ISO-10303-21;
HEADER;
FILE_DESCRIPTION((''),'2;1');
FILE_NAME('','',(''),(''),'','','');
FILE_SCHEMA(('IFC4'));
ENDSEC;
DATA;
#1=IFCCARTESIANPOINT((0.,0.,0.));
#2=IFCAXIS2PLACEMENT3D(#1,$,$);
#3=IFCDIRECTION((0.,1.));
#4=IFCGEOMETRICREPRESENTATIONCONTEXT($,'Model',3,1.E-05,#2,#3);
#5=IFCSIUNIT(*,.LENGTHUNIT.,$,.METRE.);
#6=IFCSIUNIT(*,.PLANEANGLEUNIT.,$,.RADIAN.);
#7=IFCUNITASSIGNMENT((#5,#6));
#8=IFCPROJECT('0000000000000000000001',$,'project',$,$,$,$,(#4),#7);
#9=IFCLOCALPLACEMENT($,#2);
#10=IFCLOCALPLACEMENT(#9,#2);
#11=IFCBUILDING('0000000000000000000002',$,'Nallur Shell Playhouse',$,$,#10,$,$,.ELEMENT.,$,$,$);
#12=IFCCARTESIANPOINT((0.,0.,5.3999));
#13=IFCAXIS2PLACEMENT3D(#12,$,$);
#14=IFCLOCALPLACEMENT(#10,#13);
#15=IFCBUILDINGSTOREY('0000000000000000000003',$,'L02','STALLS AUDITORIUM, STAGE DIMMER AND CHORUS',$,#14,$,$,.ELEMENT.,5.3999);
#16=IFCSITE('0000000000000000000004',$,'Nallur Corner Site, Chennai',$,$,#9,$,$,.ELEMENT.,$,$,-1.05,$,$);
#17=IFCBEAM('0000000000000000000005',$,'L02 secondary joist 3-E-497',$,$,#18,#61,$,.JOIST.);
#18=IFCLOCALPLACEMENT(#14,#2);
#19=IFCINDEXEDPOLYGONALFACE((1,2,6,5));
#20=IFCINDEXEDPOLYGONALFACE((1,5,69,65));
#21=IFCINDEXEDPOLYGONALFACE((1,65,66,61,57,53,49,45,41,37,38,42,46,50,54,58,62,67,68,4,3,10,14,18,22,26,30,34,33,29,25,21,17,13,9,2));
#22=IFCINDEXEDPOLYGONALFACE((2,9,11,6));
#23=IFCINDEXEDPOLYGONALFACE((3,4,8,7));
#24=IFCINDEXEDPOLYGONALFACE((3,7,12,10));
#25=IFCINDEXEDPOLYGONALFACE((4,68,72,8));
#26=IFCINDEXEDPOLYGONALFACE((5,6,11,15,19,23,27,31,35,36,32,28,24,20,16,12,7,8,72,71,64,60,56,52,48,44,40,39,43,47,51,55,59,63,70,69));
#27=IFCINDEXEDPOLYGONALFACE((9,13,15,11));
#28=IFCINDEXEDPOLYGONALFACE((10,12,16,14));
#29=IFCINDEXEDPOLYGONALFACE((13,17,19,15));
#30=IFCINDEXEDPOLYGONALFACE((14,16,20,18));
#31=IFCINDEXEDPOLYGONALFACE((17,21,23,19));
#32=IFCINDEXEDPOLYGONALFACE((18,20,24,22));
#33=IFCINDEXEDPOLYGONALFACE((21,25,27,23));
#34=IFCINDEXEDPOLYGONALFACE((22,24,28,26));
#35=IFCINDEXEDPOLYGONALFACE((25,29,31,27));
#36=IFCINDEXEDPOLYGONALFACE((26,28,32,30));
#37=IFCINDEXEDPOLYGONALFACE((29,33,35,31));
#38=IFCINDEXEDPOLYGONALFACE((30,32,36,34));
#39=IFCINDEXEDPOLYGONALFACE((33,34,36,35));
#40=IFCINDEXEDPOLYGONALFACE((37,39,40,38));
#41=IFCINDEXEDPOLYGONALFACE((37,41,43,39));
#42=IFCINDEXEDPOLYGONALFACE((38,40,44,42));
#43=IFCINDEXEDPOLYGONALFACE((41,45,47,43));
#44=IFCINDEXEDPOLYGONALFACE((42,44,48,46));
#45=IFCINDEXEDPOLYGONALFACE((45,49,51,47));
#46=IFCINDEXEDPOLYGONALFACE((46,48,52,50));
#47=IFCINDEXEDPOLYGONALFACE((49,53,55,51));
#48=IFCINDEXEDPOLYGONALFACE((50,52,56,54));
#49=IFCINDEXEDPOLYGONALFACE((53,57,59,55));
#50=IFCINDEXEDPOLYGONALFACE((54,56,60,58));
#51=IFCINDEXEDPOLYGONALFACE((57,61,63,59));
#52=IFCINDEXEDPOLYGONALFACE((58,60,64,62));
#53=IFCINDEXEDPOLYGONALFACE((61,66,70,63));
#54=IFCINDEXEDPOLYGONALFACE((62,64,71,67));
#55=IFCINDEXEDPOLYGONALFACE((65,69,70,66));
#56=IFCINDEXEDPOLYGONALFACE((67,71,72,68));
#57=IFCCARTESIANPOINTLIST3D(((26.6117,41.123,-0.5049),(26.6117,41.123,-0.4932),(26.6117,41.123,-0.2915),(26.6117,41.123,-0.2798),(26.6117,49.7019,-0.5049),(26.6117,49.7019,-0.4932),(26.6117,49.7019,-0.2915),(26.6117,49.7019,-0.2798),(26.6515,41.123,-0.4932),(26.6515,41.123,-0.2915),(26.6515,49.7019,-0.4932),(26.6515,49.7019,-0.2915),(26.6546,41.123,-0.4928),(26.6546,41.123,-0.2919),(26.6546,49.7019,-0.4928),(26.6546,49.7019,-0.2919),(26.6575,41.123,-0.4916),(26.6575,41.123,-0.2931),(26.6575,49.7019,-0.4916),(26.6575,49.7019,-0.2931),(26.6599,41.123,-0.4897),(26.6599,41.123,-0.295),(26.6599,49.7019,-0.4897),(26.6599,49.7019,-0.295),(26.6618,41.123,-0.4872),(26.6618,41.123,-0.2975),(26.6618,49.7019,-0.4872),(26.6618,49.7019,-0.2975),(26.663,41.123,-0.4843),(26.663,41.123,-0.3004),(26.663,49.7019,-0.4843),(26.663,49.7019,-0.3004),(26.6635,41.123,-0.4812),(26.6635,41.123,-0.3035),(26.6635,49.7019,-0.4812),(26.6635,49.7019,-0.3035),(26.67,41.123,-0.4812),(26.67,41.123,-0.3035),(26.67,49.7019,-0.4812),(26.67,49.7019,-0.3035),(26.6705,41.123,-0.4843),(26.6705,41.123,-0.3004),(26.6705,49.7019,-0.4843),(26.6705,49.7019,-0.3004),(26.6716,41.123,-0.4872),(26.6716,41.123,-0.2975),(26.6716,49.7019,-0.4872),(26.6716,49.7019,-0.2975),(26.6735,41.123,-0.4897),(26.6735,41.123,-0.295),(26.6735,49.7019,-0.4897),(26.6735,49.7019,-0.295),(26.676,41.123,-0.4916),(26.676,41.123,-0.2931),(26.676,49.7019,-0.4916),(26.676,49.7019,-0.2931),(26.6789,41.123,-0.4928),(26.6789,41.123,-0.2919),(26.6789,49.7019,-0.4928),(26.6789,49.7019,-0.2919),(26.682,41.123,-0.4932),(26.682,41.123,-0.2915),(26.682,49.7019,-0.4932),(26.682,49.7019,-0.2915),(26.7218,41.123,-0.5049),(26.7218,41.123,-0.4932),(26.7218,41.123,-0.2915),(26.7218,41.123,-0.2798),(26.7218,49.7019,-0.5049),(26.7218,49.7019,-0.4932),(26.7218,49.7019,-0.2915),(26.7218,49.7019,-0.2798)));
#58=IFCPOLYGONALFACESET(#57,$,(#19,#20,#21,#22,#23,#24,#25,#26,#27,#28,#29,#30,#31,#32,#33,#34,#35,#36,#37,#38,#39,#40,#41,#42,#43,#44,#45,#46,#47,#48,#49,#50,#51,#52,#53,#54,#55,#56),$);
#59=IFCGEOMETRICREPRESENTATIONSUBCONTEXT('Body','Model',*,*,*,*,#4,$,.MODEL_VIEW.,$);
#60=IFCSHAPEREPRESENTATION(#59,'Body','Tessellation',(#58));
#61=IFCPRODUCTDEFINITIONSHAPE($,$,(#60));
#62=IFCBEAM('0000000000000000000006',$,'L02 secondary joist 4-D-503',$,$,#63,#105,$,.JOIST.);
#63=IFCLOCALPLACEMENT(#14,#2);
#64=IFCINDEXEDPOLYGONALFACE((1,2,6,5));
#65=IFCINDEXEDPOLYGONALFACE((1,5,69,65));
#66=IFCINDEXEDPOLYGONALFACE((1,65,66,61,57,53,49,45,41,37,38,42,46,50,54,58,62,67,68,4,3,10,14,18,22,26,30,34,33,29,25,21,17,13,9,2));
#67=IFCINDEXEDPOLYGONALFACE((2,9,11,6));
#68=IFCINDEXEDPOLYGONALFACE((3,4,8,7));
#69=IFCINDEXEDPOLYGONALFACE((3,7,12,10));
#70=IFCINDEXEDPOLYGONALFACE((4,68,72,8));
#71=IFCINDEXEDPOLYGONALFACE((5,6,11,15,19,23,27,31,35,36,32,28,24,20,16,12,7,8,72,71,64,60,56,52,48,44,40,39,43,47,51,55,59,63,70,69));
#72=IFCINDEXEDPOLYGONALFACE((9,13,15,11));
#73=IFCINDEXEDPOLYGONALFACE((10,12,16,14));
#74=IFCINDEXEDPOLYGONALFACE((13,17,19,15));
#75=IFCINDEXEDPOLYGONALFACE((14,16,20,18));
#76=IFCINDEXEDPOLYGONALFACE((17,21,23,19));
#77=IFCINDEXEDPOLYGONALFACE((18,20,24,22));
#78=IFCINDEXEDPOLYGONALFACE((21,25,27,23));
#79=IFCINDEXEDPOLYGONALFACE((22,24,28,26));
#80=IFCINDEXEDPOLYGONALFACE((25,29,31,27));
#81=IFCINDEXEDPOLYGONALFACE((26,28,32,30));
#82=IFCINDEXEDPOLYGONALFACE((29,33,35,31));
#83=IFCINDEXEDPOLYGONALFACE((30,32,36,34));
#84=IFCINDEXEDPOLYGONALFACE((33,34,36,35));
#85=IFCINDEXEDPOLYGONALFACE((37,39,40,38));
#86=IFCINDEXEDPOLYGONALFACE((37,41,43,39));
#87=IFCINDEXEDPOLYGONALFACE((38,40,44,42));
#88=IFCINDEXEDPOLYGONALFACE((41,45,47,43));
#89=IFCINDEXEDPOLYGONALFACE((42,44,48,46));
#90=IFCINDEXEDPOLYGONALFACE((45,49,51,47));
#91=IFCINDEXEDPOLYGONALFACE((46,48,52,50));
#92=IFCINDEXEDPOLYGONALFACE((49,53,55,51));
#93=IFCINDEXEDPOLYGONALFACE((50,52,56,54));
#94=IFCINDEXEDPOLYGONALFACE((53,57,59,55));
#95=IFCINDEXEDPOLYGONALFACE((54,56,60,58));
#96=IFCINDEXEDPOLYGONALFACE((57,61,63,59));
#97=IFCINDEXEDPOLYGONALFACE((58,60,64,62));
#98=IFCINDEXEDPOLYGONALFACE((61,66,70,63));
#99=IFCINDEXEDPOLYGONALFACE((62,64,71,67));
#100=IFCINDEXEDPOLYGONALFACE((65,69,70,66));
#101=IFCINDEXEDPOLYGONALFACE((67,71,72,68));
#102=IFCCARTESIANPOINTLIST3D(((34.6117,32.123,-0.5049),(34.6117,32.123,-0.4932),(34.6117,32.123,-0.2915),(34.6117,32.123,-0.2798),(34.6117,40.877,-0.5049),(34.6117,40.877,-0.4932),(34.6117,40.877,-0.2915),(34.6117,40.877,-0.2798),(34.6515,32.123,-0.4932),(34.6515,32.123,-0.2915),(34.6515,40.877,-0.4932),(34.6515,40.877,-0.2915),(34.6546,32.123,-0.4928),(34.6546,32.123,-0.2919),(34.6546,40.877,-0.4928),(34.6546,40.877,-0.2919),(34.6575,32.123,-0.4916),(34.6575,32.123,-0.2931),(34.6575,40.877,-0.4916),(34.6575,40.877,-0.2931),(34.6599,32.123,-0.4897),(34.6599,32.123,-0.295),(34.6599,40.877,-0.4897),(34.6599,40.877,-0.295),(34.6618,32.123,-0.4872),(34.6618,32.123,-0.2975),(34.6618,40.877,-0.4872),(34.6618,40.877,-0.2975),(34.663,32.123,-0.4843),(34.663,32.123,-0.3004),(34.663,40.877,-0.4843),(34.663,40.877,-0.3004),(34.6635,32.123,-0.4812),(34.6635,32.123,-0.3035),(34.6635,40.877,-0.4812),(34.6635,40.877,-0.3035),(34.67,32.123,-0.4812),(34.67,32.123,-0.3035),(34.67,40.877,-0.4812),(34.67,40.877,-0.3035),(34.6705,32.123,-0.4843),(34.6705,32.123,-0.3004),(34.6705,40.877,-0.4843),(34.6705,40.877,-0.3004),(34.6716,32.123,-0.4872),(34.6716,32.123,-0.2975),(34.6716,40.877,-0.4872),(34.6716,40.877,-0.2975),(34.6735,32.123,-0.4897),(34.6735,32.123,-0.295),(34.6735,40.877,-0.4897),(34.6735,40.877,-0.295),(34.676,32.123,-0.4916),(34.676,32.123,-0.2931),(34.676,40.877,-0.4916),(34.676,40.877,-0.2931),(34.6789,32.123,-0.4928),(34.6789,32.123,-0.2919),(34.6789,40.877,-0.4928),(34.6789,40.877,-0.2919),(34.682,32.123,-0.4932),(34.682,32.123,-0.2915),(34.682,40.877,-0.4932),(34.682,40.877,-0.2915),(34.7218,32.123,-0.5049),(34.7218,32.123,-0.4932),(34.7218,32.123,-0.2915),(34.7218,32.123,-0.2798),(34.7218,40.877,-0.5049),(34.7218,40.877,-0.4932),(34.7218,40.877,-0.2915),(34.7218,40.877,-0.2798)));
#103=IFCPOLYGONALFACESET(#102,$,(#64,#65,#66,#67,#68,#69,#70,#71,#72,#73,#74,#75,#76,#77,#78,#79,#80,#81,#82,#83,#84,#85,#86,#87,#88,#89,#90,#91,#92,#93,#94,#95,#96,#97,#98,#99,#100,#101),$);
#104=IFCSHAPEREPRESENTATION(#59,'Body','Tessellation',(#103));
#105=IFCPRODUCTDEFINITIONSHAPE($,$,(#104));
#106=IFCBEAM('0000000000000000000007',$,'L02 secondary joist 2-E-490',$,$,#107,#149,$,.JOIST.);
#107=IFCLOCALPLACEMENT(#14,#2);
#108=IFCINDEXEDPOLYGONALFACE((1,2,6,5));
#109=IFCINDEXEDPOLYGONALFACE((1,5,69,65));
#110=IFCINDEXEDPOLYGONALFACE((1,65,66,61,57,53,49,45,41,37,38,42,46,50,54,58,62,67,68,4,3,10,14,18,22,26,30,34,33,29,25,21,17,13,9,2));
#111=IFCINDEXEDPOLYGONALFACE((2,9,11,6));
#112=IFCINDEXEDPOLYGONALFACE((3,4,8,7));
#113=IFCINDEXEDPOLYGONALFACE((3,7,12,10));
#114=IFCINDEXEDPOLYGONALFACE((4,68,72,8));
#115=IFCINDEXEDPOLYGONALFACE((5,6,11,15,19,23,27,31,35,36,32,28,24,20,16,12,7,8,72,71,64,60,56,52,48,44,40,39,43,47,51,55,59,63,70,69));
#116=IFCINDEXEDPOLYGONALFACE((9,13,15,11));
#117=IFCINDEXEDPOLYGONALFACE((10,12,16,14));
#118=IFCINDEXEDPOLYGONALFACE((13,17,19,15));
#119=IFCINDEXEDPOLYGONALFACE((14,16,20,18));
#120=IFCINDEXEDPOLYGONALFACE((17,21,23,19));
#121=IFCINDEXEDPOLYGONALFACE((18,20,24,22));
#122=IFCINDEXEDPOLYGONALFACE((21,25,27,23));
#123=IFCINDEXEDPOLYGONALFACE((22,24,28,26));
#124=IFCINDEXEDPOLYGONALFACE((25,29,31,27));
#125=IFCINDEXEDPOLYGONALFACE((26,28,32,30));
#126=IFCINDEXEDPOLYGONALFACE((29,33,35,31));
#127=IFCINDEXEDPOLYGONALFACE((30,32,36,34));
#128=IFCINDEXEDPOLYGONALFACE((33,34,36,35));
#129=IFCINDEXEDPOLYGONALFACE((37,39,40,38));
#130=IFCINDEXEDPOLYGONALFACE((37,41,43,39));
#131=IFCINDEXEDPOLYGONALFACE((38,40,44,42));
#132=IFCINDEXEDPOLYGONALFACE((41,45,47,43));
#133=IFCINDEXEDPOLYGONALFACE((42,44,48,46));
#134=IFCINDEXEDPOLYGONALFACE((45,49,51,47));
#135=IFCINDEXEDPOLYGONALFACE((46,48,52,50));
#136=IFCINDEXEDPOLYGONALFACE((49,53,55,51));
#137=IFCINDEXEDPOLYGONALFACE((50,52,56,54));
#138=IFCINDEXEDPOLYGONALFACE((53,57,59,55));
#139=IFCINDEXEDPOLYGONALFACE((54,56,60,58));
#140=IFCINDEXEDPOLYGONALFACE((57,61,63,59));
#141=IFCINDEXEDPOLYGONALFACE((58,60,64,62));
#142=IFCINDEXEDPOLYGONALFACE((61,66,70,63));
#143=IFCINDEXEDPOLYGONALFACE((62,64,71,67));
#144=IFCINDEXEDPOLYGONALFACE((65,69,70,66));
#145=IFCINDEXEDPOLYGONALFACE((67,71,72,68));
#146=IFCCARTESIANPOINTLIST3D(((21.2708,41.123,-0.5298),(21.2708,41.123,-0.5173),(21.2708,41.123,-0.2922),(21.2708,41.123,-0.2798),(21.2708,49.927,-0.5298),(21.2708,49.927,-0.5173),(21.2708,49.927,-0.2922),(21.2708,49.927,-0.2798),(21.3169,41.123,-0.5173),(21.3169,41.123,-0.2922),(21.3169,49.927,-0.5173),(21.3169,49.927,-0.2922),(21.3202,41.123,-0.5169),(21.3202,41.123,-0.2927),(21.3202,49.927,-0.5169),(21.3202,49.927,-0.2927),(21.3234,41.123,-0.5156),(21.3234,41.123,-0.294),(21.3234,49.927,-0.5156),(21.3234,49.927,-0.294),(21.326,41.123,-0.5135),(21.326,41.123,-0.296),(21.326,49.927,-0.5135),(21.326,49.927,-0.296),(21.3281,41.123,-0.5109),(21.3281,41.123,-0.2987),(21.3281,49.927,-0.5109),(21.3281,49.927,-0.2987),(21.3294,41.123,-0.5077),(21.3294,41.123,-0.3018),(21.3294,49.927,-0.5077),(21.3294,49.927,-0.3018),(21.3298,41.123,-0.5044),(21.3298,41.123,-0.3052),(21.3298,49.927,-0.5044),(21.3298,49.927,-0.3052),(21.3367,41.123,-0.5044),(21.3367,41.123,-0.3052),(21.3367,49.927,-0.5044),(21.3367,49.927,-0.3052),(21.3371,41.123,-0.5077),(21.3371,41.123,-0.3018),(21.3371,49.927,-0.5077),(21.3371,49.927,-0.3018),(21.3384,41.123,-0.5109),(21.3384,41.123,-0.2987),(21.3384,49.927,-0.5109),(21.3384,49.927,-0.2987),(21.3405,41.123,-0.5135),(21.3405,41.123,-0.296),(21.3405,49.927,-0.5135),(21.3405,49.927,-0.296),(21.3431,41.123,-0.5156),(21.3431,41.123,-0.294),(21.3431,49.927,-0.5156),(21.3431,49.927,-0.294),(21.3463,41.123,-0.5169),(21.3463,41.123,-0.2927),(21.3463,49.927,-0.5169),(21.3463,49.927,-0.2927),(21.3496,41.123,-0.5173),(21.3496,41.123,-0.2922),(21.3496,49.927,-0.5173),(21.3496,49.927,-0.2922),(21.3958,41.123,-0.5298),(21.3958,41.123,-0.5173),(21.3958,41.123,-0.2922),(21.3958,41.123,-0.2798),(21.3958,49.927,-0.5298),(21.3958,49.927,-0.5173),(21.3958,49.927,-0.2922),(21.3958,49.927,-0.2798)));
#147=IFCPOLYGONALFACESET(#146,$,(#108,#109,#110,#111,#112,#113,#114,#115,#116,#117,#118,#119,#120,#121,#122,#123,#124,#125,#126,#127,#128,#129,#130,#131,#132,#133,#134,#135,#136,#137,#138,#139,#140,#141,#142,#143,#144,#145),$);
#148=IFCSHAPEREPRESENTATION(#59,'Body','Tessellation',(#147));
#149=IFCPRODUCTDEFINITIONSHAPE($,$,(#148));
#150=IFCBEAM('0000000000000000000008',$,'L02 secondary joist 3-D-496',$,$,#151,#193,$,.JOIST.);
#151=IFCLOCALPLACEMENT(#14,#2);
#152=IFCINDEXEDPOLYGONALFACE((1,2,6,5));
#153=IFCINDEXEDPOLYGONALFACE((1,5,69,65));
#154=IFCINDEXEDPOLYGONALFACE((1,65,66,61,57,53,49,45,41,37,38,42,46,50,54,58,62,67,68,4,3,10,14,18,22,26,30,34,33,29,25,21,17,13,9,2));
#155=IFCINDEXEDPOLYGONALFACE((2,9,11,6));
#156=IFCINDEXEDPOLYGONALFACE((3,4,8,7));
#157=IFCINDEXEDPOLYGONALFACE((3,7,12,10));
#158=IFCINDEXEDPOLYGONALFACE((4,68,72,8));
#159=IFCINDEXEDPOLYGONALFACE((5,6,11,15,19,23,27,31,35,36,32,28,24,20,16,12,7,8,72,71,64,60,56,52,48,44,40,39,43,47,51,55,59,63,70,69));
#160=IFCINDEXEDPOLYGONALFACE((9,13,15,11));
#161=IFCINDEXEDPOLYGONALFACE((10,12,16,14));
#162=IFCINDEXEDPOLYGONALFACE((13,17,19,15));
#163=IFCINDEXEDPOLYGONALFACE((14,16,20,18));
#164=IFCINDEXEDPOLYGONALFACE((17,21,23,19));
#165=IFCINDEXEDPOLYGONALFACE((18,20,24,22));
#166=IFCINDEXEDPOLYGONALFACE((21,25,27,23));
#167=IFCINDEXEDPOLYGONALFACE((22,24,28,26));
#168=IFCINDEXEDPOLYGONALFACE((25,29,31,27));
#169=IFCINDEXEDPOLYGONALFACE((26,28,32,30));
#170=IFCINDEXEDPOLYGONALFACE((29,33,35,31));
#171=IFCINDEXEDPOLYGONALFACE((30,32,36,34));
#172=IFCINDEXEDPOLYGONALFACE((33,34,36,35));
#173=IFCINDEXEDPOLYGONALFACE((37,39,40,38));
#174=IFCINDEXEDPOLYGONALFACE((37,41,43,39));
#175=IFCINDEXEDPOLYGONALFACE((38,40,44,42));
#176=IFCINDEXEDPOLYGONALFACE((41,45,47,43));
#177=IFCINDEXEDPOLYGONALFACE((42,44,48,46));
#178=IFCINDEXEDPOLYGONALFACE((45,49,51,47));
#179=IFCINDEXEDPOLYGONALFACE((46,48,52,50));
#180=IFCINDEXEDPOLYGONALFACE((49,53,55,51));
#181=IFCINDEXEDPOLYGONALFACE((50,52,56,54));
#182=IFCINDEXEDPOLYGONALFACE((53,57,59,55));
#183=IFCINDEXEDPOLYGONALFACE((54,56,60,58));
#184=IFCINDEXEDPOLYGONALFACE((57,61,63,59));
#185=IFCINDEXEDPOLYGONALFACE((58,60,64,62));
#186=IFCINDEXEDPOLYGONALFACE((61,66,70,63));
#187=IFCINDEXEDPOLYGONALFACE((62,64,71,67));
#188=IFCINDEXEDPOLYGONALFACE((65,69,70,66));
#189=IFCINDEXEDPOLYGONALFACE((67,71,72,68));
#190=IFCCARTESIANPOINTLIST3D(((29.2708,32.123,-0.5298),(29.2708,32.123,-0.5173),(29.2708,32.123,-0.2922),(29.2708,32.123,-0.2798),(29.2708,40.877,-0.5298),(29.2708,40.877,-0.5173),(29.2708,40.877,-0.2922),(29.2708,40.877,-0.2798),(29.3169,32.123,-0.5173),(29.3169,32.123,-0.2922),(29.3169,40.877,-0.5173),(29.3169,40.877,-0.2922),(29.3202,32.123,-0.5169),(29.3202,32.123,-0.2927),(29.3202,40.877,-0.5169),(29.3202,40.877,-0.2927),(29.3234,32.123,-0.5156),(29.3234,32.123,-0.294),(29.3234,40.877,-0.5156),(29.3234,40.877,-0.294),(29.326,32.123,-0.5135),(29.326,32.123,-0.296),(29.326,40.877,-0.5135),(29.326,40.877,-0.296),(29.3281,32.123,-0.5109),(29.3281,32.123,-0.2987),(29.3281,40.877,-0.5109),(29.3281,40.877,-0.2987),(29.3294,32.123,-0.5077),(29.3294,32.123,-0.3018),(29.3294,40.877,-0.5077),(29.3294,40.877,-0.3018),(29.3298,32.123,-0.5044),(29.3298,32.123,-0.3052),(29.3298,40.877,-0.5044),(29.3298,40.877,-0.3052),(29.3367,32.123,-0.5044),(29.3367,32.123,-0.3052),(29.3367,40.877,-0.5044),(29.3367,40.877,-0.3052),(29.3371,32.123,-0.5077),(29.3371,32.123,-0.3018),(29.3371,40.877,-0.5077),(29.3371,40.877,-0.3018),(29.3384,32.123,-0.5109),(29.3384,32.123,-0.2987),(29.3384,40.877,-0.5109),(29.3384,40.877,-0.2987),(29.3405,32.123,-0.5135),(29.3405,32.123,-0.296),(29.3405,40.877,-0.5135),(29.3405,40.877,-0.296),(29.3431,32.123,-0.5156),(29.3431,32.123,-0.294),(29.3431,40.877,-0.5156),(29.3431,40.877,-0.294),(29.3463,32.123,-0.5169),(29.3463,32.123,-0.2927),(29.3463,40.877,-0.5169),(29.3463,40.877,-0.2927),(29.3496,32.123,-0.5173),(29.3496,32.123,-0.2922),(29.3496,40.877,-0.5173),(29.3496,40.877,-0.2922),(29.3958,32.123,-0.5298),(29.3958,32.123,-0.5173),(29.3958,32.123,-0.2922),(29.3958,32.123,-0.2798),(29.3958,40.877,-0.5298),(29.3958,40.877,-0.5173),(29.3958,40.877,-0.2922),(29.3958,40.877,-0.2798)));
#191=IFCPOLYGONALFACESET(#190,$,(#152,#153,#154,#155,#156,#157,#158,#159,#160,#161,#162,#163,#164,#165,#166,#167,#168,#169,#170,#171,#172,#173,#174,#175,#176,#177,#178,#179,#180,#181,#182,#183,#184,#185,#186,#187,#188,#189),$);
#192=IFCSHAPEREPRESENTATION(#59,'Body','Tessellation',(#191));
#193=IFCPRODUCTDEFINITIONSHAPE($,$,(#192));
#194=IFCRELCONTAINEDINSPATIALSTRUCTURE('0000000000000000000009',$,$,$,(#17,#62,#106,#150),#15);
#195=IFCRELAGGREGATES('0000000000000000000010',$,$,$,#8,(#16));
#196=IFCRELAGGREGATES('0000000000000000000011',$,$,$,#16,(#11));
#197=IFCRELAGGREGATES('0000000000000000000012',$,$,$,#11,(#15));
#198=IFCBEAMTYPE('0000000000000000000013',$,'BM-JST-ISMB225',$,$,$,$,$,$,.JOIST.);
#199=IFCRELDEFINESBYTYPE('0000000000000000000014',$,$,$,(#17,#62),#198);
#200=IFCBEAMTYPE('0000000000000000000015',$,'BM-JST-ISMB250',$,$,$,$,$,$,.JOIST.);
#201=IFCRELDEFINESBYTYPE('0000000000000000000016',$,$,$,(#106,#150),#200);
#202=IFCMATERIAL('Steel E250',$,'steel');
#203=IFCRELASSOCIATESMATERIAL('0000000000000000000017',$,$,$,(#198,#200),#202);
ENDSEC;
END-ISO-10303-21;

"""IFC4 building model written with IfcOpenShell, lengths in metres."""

from ifc_helpers import new_model, si_unit, direction, frame, origin, origin_2d, place, context, subcontext, project, spatial, i_section, extrude, material, material_profile, profile_set, type_object, element, save


model = new_model("IFC4")

# Units and contexts
model_context = context("Model", 3, precision=1e-05, world=origin(), true_north=direction((0.0, 1.0)))
body_context = subcontext(model_context, "Body", "Model", "MODEL_VIEW")
ifc_project = project(units=[si_unit("LENGTHUNIT", "METRE"), si_unit("PLANEANGLEUNIT", "RADIAN")], contexts=[model_context])

# Site, building, storey
site_placement = place(None, origin())
site = spatial("IfcSite", under=ifc_project, at=site_placement, Name="Nallur Corner Site, Chennai", CompositionType="ELEMENT", RefElevation=-1.05)
building_placement = place(site_placement, origin())
building = spatial("IfcBuilding", under=site, at=building_placement, Name="Nallur Shell Playhouse", CompositionType="ELEMENT")
storey_placement = place(building_placement, frame((0.0, 0.0, 5.3999)))
storey = spatial("IfcBuildingStorey", under=building, at=storey_placement, Name="L02", Description="STALLS AUDITORIUM, STAGE DIMMER AND CHORUS", CompositionType="ELEMENT", Elevation=5.3999)

# Beams
ifc_material_1 = material(Name="Steel E250", Category="steel")
ifc_material_profile_1 = material_profile(ifc_material_1, i_section(OverallWidth=0.1101, OverallDepth=0.2251, WebThickness=0.0066, FlangeThickness=0.0117, FilletRadius=0.012, at=origin_2d()), Name="ISMB 225")
ifc_profile_set_1 = profile_set([ifc_material_profile_1], Name="Steel E250")
beam_type_1 = type_object("IfcBeamType", Name="BM-JST-ISMB225", PredefinedType="JOIST", material=ifc_profile_set_1)
beam_1_placement = place(storey_placement, frame((26.6667, 41.123, -0.3923), z_axis=(0.0, 1.0, 0.0), x_axis=(-1.0, 0.0, 0.0)))
element("IfcBeam", 1, at=beam_1_placement, inside=storey, type_object=beam_type_1, Name="L02 secondary joist 3-E-497", PredefinedType="JOIST", context=body_context, shape_type="SweptSolid", body=[
    extrude(i_section(OverallWidth=0.1101, OverallDepth=0.2251, WebThickness=0.0066, FlangeThickness=0.0117, FilletRadius=0.012, at=origin_2d()), origin(), (0.0, 0.0, 1.0), 8.5789),
])
beam_2_placement = place(storey_placement, frame((34.6667, 32.123, -0.3923), z_axis=(0.0, 1.0, 0.0), x_axis=(-1.0, 0.0, 0.0)))
element("IfcBeam", 2, at=beam_2_placement, inside=storey, type_object=beam_type_1, Name="L02 secondary joist 4-D-503", PredefinedType="JOIST", context=body_context, shape_type="SweptSolid", body=[
    extrude(i_section(OverallWidth=0.1101, OverallDepth=0.2251, WebThickness=0.0066, FlangeThickness=0.0117, FilletRadius=0.012, at=origin_2d()), origin(), (0.0, 0.0, 1.0), 8.7539),
])
ifc_material_profile_2 = material_profile(ifc_material_1, i_section(OverallWidth=0.125, OverallDepth=0.25, WebThickness=0.0068, FlangeThickness=0.0125, FilletRadius=0.0129, at=origin_2d()), Name="ISMB 250")
ifc_profile_set_2 = profile_set([ifc_material_profile_2], Name="Steel E250")
beam_type_2 = type_object("IfcBeamType", Name="BM-JST-ISMB250", PredefinedType="JOIST", material=ifc_profile_set_2)
beam_3_placement = place(storey_placement, frame((21.3333, 41.123, -0.4048), z_axis=(0.0, 1.0, 0.0), x_axis=(-1.0, 0.0, 0.0)))
element("IfcBeam", 3, at=beam_3_placement, inside=storey, type_object=beam_type_2, Name="L02 secondary joist 2-E-490", PredefinedType="JOIST", context=body_context, shape_type="SweptSolid", body=[
    extrude(i_section(OverallWidth=0.125, OverallDepth=0.25, WebThickness=0.0068, FlangeThickness=0.0125, FilletRadius=0.0129, at=origin_2d()), origin(), (0.0, 0.0, 1.0), 8.804),
])
beam_4_placement = place(storey_placement, frame((29.3333, 32.123, -0.4048), z_axis=(0.0, 1.0, 0.0), x_axis=(-1.0, 0.0, 0.0)))
element("IfcBeam", 4, at=beam_4_placement, inside=storey, type_object=beam_type_2, Name="L02 secondary joist 3-D-496", PredefinedType="JOIST", context=body_context, shape_type="SweptSolid", body=[
    extrude(i_section(OverallWidth=0.125, OverallDepth=0.25, WebThickness=0.0068, FlangeThickness=0.0125, FilletRadius=0.0129, at=origin_2d()), origin(), (0.0, 0.0, 1.0), 8.7539),
])

save(model, "model.ifc")
